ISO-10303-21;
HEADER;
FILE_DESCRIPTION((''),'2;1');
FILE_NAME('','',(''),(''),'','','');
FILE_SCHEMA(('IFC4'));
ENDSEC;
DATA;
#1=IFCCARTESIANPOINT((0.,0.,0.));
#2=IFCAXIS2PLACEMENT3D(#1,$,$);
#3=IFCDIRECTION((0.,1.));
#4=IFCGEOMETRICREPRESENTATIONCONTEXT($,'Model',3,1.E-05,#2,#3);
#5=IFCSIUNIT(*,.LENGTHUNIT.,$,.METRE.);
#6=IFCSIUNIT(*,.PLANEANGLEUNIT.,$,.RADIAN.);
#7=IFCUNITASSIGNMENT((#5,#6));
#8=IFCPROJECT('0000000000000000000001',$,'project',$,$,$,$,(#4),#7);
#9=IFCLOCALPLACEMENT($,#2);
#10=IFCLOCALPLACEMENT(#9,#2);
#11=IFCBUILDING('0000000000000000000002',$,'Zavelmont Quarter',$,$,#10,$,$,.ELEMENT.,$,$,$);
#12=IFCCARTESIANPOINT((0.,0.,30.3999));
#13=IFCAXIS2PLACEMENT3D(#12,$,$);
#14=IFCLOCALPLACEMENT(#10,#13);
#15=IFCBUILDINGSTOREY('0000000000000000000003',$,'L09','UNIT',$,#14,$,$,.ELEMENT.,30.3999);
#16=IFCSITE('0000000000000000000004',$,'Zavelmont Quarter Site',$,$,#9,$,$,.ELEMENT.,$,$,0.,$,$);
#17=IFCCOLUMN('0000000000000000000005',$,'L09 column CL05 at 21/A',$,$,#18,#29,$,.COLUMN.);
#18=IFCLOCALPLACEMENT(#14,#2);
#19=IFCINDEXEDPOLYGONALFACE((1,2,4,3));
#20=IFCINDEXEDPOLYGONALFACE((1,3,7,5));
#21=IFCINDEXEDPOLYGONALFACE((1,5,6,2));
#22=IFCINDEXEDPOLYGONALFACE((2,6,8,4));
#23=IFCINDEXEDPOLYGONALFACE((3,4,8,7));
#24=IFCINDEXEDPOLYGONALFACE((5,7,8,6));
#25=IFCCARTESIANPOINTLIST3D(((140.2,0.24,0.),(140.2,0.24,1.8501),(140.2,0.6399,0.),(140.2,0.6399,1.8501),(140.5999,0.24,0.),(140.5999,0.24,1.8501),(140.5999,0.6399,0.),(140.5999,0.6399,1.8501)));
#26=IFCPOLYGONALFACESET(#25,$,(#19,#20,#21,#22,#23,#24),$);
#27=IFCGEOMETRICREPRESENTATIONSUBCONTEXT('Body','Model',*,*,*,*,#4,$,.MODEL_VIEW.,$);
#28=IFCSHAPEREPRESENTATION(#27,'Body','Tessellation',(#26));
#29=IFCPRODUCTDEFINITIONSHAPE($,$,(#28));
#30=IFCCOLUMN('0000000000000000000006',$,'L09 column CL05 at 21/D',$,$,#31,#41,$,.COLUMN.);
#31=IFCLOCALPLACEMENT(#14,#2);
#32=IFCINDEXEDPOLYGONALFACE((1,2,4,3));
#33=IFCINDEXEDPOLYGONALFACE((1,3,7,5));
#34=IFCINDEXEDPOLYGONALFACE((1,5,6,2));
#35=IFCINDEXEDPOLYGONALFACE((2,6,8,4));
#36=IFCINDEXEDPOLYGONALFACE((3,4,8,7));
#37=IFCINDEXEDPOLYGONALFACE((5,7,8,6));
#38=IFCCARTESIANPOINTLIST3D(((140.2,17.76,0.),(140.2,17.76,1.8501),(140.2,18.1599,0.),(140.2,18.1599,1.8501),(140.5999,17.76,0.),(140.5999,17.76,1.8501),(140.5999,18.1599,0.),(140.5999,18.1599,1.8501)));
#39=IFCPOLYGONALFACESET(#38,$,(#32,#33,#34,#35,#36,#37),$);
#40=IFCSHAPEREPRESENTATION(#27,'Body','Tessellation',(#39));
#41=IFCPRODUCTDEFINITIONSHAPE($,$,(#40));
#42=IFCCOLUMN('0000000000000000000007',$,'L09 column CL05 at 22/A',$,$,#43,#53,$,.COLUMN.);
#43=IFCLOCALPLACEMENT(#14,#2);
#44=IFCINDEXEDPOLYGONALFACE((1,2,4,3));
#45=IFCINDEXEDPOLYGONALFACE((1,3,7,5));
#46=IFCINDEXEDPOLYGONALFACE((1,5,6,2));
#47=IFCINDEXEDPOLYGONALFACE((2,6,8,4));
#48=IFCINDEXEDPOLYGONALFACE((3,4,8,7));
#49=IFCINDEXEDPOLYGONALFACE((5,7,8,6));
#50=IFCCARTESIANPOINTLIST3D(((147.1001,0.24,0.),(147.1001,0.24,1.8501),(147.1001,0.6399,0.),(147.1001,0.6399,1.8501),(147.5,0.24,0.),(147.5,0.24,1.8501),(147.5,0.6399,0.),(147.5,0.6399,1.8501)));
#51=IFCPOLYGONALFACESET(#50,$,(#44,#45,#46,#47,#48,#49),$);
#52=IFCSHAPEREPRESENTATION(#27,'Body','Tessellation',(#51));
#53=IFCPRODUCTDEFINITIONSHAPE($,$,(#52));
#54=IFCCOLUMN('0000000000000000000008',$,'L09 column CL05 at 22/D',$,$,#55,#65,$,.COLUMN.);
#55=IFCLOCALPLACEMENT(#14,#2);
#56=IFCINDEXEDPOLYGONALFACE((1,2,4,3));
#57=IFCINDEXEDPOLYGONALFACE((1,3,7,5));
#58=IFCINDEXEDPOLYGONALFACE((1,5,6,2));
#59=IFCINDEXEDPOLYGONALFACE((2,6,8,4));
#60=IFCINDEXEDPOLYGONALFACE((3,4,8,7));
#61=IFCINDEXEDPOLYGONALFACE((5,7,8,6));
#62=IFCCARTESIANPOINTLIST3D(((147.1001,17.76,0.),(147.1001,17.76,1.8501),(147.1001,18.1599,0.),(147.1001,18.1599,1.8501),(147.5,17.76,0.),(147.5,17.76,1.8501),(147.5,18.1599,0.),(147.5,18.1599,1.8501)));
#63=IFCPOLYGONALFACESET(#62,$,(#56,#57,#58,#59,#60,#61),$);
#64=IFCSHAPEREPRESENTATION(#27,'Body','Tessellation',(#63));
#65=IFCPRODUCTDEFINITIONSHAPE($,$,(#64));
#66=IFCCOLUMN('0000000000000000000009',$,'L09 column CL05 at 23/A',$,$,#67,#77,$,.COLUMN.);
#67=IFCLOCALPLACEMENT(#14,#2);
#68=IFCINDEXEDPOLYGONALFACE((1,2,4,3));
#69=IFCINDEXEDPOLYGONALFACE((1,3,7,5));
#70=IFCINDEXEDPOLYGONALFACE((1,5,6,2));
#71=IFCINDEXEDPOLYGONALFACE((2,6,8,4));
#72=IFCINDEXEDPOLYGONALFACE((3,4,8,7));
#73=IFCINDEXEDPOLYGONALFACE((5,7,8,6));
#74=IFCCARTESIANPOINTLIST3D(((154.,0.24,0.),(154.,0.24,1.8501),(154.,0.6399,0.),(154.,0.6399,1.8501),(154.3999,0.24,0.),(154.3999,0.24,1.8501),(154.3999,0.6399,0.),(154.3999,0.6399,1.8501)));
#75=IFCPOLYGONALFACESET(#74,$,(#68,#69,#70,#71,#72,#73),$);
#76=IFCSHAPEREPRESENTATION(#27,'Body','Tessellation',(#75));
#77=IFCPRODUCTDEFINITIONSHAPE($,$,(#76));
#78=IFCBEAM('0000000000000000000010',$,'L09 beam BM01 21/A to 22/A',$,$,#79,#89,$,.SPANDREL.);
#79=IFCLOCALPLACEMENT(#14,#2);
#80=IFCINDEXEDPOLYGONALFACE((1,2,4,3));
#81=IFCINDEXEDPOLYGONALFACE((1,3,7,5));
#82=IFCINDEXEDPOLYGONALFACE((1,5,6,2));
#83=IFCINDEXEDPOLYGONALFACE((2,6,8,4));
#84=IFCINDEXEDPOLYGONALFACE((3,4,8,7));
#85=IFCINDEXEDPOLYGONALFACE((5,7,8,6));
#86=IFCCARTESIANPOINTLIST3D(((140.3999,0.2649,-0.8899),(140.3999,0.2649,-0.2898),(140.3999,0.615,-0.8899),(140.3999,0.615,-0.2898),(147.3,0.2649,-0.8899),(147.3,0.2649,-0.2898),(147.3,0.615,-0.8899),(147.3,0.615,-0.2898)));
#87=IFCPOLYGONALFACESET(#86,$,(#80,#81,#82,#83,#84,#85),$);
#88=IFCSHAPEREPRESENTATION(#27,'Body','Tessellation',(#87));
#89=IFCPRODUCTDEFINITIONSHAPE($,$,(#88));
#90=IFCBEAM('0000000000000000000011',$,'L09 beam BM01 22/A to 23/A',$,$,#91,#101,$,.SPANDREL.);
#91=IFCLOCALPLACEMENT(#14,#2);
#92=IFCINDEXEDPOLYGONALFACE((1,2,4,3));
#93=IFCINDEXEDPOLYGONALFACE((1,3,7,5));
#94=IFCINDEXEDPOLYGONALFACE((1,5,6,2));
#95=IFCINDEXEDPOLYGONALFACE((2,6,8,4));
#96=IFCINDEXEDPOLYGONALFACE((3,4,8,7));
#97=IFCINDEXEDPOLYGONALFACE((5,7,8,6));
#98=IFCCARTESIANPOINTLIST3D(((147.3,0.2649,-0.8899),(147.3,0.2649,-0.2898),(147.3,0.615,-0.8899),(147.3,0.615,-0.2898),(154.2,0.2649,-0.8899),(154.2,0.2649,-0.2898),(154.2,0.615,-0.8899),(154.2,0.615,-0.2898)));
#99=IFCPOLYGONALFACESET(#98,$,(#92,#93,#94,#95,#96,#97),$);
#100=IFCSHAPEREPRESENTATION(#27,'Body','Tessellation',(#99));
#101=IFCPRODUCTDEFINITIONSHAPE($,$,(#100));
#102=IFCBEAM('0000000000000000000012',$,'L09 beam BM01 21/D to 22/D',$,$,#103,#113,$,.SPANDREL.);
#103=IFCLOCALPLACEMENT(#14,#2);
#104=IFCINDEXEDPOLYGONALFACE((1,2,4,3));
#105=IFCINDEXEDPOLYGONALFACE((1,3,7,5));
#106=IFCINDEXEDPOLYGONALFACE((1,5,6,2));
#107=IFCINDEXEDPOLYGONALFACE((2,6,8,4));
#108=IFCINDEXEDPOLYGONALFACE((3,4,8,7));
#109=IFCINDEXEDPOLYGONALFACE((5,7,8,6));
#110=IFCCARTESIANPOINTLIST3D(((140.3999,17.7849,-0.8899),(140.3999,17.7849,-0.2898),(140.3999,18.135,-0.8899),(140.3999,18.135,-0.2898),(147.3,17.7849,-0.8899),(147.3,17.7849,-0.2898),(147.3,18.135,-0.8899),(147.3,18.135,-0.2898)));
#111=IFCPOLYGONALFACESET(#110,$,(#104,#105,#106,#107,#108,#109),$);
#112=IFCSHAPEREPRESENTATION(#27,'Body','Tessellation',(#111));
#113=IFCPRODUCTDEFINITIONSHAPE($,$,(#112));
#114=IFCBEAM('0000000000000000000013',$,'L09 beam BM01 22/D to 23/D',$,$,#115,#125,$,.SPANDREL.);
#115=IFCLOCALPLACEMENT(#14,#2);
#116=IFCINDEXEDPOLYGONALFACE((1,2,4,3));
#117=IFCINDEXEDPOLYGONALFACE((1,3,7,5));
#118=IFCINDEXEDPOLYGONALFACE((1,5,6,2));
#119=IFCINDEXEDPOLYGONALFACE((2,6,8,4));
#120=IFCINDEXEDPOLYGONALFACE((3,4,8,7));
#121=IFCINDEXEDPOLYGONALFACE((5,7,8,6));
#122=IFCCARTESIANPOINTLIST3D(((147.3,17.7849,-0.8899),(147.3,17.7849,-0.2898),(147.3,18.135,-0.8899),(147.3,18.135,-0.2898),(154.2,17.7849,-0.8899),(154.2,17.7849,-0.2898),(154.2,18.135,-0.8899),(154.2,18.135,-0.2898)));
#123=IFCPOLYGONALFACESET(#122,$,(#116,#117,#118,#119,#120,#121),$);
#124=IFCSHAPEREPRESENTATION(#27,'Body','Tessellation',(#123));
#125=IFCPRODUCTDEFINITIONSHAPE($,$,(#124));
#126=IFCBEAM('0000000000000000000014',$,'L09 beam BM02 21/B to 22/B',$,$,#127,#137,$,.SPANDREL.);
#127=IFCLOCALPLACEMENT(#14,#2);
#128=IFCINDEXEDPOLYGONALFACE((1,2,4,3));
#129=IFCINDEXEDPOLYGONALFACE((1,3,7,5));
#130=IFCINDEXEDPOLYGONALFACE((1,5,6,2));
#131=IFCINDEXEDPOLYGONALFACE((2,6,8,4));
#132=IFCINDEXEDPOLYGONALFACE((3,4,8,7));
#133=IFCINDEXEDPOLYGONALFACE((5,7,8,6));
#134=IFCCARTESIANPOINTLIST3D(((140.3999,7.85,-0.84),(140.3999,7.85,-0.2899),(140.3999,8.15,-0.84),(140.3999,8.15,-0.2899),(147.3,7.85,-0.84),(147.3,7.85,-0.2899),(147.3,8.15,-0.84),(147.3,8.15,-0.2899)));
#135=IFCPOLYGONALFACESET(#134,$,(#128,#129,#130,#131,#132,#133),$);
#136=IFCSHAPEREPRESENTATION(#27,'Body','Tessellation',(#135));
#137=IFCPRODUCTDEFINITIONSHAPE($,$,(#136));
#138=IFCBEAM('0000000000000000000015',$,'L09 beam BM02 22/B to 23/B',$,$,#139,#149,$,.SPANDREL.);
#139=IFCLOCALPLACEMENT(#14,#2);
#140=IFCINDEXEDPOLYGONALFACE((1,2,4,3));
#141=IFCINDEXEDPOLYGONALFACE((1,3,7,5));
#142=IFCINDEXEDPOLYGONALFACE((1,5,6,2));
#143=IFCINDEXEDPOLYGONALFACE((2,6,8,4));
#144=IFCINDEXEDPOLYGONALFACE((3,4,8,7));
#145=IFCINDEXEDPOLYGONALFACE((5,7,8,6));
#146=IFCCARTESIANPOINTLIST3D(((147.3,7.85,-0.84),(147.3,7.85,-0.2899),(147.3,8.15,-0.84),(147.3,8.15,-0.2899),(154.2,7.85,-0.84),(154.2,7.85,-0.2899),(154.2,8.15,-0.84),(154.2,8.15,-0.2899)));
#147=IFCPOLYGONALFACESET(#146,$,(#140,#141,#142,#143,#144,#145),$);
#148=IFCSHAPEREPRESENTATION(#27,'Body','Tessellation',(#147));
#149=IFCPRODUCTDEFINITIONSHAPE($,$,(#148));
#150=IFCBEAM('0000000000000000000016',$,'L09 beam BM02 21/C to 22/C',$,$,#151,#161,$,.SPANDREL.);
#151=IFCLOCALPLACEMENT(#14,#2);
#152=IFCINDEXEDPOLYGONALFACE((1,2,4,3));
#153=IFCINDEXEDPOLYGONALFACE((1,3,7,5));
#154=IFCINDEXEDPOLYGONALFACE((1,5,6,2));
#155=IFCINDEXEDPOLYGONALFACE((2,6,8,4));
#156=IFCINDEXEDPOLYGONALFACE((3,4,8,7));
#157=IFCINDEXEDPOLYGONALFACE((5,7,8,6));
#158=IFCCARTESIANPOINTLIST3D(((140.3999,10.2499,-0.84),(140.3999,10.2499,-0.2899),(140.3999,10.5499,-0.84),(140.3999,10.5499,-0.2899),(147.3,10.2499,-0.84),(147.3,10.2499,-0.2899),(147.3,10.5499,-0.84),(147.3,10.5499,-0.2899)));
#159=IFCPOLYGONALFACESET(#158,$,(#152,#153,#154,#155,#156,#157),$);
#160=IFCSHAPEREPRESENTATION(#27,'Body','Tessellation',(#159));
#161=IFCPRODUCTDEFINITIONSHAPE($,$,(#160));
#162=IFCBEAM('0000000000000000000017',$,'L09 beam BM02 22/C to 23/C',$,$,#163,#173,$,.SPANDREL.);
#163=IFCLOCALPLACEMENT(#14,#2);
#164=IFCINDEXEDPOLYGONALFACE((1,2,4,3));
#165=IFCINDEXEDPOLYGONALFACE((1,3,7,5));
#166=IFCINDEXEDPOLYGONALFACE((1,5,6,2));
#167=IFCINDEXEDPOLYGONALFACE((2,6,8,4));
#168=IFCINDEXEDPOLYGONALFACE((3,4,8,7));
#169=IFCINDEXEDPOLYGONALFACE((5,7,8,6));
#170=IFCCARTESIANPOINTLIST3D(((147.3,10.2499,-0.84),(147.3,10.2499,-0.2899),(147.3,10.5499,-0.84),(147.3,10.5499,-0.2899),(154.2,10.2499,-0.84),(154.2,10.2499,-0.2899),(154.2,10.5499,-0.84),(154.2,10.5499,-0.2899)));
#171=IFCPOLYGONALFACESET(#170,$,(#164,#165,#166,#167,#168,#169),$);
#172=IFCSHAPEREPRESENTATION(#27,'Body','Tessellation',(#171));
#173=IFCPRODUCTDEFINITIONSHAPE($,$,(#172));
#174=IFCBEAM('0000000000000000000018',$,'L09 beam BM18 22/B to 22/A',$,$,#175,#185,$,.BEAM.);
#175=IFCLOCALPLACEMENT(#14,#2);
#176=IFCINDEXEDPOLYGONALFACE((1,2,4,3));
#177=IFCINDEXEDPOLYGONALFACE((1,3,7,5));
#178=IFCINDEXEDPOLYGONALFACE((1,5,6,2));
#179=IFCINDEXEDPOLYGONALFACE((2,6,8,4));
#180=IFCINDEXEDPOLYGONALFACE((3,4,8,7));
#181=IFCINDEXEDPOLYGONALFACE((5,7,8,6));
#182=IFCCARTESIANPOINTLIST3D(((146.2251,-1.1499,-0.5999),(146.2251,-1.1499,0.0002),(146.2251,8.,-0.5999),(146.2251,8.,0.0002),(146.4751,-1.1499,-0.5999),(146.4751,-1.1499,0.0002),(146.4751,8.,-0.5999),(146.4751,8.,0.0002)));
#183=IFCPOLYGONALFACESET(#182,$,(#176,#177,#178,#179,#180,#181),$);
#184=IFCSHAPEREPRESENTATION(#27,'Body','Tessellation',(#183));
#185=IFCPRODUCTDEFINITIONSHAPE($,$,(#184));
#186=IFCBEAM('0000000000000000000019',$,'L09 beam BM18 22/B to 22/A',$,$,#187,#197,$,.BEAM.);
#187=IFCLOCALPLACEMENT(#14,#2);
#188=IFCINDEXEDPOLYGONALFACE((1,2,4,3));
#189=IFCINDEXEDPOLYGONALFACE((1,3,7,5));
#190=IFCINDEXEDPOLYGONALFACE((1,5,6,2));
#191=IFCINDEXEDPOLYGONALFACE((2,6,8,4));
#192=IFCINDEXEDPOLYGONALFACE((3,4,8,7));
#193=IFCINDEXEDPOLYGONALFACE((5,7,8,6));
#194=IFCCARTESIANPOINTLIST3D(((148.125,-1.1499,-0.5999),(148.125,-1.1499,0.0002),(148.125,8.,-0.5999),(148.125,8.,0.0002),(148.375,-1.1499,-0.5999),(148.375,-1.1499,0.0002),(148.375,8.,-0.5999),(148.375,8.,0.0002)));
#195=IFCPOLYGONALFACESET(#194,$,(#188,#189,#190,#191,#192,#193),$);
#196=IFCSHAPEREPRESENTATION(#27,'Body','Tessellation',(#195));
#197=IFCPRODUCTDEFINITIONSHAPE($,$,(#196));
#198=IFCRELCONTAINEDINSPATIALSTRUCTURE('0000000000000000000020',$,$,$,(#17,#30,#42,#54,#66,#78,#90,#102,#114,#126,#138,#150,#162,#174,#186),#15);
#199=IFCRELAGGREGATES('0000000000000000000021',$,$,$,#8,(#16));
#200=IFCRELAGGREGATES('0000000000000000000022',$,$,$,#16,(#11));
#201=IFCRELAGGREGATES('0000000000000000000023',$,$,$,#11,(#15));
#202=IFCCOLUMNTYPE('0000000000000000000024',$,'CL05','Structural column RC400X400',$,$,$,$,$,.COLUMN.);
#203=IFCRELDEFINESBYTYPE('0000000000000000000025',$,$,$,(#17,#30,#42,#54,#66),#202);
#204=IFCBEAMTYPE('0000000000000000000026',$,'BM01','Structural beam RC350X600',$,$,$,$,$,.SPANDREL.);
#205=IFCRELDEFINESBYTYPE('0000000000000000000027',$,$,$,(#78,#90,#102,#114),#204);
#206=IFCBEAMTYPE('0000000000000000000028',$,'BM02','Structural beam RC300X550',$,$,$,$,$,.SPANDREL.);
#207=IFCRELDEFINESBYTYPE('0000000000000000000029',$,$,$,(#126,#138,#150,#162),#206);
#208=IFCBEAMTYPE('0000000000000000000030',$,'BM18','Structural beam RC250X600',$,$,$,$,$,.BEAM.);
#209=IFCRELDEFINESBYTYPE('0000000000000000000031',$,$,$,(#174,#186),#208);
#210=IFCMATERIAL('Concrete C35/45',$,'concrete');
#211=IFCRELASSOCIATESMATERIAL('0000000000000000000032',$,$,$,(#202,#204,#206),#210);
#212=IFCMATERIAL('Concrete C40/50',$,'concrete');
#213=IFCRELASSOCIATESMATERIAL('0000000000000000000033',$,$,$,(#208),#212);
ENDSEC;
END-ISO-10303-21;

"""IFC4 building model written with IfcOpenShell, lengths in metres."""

from ifc_helpers import new_model, si_unit, direction, frame, origin, origin_2d, place, context, subcontext, project, spatial, rectangle, extrude, material, material_profile, profile_set, type_object, element, save


model = new_model("IFC4")

# Units and contexts
model_context = context("Model", 3, precision=1e-05, world=origin(), true_north=direction((0.0, 1.0)))
body_context = subcontext(model_context, "Body", "Model", "MODEL_VIEW")
ifc_project = project(units=[si_unit("LENGTHUNIT", "METRE"), si_unit("PLANEANGLEUNIT", "RADIAN")], contexts=[model_context])

# Site, building, storey
site_placement = place(None, origin())
site = spatial("IfcSite", under=ifc_project, at=site_placement, Name="Zavelmont Quarter Site", CompositionType="ELEMENT", RefElevation=0.0)
building_placement = place(site_placement, origin())
building = spatial("IfcBuilding", under=site, at=building_placement, Name="Zavelmont Quarter", CompositionType="ELEMENT")
storey_placement = place(building_placement, frame((0.0, 0.0, 30.3999)))
storey = spatial("IfcBuildingStorey", under=building, at=storey_placement, Name="L09", Description="UNIT", CompositionType="ELEMENT", Elevation=30.3999)

# Columns
ifc_material_1 = material(Name="Concrete C35/45", Category="concrete")
ifc_material_profile_1 = material_profile(ifc_material_1, rectangle(XDim=0.3999, YDim=0.3999, at=origin_2d()), Name="RC400X400")
ifc_profile_set_1 = profile_set([ifc_material_profile_1], Name="Concrete C35/45")
column_type = type_object("IfcColumnType", Name="CL05", Description="Structural column RC400X400", PredefinedType="COLUMN", material=ifc_profile_set_1)
for number, where, z_axis, x_axis, name in (
    (1, (140.3999, 0.4399, 0.0), (0.0, 0.0, 1.0), (1.0, 0.0, 0.0), "L09 column CL05 at 21/A"),
    (2, (140.3999, 17.96, 0.0), (0.0, 0.0, 1.0), (1.0, 0.0, 0.0), "L09 column CL05 at 21/D"),
    (3, (147.3, 0.4399, 0.0), (0.0, 0.0, 1.0), (1.0, 0.0, 0.0), "L09 column CL05 at 22/A"),
    (4, (147.3, 17.96, 0.0), (0.0, 0.0, 1.0), (1.0, 0.0, 0.0), "L09 column CL05 at 22/D"),
    (5, (154.2, 0.4399, 0.0), (0.0, 0.0, 1.0), (1.0, 0.0, 0.0), "L09 column CL05 at 23/A"),
):
    element("IfcColumn", number, at=place(storey_placement, frame(where, z_axis=z_axis, x_axis=x_axis)), inside=storey, type_object=column_type, Name=name, PredefinedType="COLUMN", context=body_context, shape_type="SweptSolid", body=[
        extrude(rectangle(XDim=0.3999, YDim=0.3999, at=origin_2d()), origin(), (0.0, 0.0, 1.0), 1.8501),
    ])

# Beams
ifc_material_profile_2 = material_profile(ifc_material_1, rectangle(XDim=0.3501, YDim=0.6001, at=origin_2d()), Name="RC350X600")
ifc_profile_set_2 = profile_set([ifc_material_profile_2], Name="Concrete C35/45")
beam_type_1 = type_object("IfcBeamType", Name="BM01", Description="Structural beam RC350X600", PredefinedType="SPANDREL", material=ifc_profile_set_2)
beam_1_placement = place(storey_placement, frame((140.3999, 0.4399, -0.5898), z_axis=(1.0, 0.0, 0.0), x_axis=(0.0, 1.0, 0.0)))
element("IfcBeam", 6, at=beam_1_placement, inside=storey, type_object=beam_type_1, Name="L09 beam BM01 21/A to 22/A", PredefinedType="SPANDREL", context=body_context, shape_type="SweptSolid", body=[
    extrude(rectangle(XDim=0.3501, YDim=0.6001, at=origin_2d()), origin(), (0.0, 0.0, 1.0), 6.9001),
])
beam_2_placement = place(storey_placement, frame((147.3, 0.4399, -0.5898), z_axis=(1.0, 0.0, 0.0), x_axis=(0.0, 1.0, 0.0)))
element("IfcBeam", 7, at=beam_2_placement, inside=storey, type_object=beam_type_1, Name="L09 beam BM01 22/A to 23/A", PredefinedType="SPANDREL", context=body_context, shape_type="SweptSolid", body=[
    extrude(rectangle(XDim=0.3501, YDim=0.6001, at=origin_2d()), origin(), (0.0, 0.0, 1.0), 6.8999),
])
beam_3_placement = place(storey_placement, frame((140.3999, 17.96, -0.5898), z_axis=(1.0, 0.0, 0.0), x_axis=(0.0, 1.0, 0.0)))
element("IfcBeam", 8, at=beam_3_placement, inside=storey, type_object=beam_type_1, Name="L09 beam BM01 21/D to 22/D", PredefinedType="SPANDREL", context=body_context, shape_type="SweptSolid", body=[
    extrude(rectangle(XDim=0.3501, YDim=0.6001, at=origin_2d()), origin(), (0.0, 0.0, 1.0), 6.9001),
])
beam_4_placement = place(storey_placement, frame((147.3, 17.96, -0.5898), z_axis=(1.0, 0.0, 0.0), x_axis=(0.0, 1.0, 0.0)))
element("IfcBeam", 9, at=beam_4_placement, inside=storey, type_object=beam_type_1, Name="L09 beam BM01 22/D to 23/D", PredefinedType="SPANDREL", context=body_context, shape_type="SweptSolid", body=[
    extrude(rectangle(XDim=0.3501, YDim=0.6001, at=origin_2d()), origin(), (0.0, 0.0, 1.0), 6.8999),
])
ifc_material_profile_3 = material_profile(ifc_material_1, rectangle(XDim=0.3, YDim=0.55, at=origin_2d()), Name="RC300X550")
ifc_profile_set_3 = profile_set([ifc_material_profile_3], Name="Concrete C35/45")
beam_type_2 = type_object("IfcBeamType", Name="BM02", Description="Structural beam RC300X550", PredefinedType="SPANDREL", material=ifc_profile_set_3)
beam_5_placement = place(storey_placement, frame((140.3999, 8.0, -0.5649), z_axis=(1.0, 0.0, 0.0), x_axis=(0.0, 1.0, 0.0)))
element("IfcBeam", 10, at=beam_5_placement, inside=storey, type_object=beam_type_2, Name="L09 beam BM02 21/B to 22/B", PredefinedType="SPANDREL", context=body_context, shape_type="SweptSolid", body=[
    extrude(rectangle(XDim=0.3, YDim=0.55, at=origin_2d()), origin(), (0.0, 0.0, 1.0), 6.9001),
])
beam_6_placement = place(storey_placement, frame((147.3, 8.0, -0.5649), z_axis=(1.0, 0.0, 0.0), x_axis=(0.0, 1.0, 0.0)))
element("IfcBeam", 11, at=beam_6_placement, inside=storey, type_object=beam_type_2, Name="L09 beam BM02 22/B to 23/B", PredefinedType="SPANDREL", context=body_context, shape_type="SweptSolid", body=[
    extrude(rectangle(XDim=0.3, YDim=0.55, at=origin_2d()), origin(), (0.0, 0.0, 1.0), 6.8999),
])
beam_7_placement = place(storey_placement, frame((140.3999, 10.3999, -0.5649), z_axis=(1.0, 0.0, 0.0), x_axis=(0.0, 1.0, 0.0)))
element("IfcBeam", 12, at=beam_7_placement, inside=storey, type_object=beam_type_2, Name="L09 beam BM02 21/C to 22/C", PredefinedType="SPANDREL", context=body_context, shape_type="SweptSolid", body=[
    extrude(rectangle(XDim=0.3, YDim=0.55, at=origin_2d()), origin(), (0.0, 0.0, 1.0), 6.9001),
])
beam_8_placement = place(storey_placement, frame((147.3, 10.3999, -0.5649), z_axis=(1.0, 0.0, 0.0), x_axis=(0.0, 1.0, 0.0)))
element("IfcBeam", 13, at=beam_8_placement, inside=storey, type_object=beam_type_2, Name="L09 beam BM02 22/C to 23/C", PredefinedType="SPANDREL", context=body_context, shape_type="SweptSolid", body=[
    extrude(rectangle(XDim=0.3, YDim=0.55, at=origin_2d()), origin(), (0.0, 0.0, 1.0), 6.8999),
])
ifc_material_2 = material(Name="Concrete C40/50", Category="concrete")
ifc_material_profile_4 = material_profile(ifc_material_2, rectangle(XDim=0.25, YDim=0.6001, at=origin_2d()), Name="RC250X600")
ifc_profile_set_4 = profile_set([ifc_material_profile_4], Name="Concrete C40/50")
beam_type_3 = type_object("IfcBeamType", Name="BM18", Description="Structural beam RC250X600", PredefinedType="BEAM", material=ifc_profile_set_4)
for number, where, z_axis, x_axis, name in (
    (14, (146.3501, 8.0, -0.2998), (0.0, -1.0, 0.0), (1.0, 0.0, 0.0), "L09 beam BM18 22/B to 22/A"),
    (15, (148.25, 8.0, -0.2998), (0.0, -1.0, 0.0), (1.0, 0.0, 0.0), "L09 beam BM18 22/B to 22/A"),
):
    element("IfcBeam", number, at=place(storey_placement, frame(where, z_axis=z_axis, x_axis=x_axis)), inside=storey, type_object=beam_type_3, Name=name, PredefinedType="BEAM", context=body_context, shape_type="SweptSolid", body=[
        extrude(rectangle(XDim=0.25, YDim=0.6001, at=origin_2d()), origin(), (0.0, 0.0, 1.0), 9.1499),
    ])

save(model, "model.ifc")
